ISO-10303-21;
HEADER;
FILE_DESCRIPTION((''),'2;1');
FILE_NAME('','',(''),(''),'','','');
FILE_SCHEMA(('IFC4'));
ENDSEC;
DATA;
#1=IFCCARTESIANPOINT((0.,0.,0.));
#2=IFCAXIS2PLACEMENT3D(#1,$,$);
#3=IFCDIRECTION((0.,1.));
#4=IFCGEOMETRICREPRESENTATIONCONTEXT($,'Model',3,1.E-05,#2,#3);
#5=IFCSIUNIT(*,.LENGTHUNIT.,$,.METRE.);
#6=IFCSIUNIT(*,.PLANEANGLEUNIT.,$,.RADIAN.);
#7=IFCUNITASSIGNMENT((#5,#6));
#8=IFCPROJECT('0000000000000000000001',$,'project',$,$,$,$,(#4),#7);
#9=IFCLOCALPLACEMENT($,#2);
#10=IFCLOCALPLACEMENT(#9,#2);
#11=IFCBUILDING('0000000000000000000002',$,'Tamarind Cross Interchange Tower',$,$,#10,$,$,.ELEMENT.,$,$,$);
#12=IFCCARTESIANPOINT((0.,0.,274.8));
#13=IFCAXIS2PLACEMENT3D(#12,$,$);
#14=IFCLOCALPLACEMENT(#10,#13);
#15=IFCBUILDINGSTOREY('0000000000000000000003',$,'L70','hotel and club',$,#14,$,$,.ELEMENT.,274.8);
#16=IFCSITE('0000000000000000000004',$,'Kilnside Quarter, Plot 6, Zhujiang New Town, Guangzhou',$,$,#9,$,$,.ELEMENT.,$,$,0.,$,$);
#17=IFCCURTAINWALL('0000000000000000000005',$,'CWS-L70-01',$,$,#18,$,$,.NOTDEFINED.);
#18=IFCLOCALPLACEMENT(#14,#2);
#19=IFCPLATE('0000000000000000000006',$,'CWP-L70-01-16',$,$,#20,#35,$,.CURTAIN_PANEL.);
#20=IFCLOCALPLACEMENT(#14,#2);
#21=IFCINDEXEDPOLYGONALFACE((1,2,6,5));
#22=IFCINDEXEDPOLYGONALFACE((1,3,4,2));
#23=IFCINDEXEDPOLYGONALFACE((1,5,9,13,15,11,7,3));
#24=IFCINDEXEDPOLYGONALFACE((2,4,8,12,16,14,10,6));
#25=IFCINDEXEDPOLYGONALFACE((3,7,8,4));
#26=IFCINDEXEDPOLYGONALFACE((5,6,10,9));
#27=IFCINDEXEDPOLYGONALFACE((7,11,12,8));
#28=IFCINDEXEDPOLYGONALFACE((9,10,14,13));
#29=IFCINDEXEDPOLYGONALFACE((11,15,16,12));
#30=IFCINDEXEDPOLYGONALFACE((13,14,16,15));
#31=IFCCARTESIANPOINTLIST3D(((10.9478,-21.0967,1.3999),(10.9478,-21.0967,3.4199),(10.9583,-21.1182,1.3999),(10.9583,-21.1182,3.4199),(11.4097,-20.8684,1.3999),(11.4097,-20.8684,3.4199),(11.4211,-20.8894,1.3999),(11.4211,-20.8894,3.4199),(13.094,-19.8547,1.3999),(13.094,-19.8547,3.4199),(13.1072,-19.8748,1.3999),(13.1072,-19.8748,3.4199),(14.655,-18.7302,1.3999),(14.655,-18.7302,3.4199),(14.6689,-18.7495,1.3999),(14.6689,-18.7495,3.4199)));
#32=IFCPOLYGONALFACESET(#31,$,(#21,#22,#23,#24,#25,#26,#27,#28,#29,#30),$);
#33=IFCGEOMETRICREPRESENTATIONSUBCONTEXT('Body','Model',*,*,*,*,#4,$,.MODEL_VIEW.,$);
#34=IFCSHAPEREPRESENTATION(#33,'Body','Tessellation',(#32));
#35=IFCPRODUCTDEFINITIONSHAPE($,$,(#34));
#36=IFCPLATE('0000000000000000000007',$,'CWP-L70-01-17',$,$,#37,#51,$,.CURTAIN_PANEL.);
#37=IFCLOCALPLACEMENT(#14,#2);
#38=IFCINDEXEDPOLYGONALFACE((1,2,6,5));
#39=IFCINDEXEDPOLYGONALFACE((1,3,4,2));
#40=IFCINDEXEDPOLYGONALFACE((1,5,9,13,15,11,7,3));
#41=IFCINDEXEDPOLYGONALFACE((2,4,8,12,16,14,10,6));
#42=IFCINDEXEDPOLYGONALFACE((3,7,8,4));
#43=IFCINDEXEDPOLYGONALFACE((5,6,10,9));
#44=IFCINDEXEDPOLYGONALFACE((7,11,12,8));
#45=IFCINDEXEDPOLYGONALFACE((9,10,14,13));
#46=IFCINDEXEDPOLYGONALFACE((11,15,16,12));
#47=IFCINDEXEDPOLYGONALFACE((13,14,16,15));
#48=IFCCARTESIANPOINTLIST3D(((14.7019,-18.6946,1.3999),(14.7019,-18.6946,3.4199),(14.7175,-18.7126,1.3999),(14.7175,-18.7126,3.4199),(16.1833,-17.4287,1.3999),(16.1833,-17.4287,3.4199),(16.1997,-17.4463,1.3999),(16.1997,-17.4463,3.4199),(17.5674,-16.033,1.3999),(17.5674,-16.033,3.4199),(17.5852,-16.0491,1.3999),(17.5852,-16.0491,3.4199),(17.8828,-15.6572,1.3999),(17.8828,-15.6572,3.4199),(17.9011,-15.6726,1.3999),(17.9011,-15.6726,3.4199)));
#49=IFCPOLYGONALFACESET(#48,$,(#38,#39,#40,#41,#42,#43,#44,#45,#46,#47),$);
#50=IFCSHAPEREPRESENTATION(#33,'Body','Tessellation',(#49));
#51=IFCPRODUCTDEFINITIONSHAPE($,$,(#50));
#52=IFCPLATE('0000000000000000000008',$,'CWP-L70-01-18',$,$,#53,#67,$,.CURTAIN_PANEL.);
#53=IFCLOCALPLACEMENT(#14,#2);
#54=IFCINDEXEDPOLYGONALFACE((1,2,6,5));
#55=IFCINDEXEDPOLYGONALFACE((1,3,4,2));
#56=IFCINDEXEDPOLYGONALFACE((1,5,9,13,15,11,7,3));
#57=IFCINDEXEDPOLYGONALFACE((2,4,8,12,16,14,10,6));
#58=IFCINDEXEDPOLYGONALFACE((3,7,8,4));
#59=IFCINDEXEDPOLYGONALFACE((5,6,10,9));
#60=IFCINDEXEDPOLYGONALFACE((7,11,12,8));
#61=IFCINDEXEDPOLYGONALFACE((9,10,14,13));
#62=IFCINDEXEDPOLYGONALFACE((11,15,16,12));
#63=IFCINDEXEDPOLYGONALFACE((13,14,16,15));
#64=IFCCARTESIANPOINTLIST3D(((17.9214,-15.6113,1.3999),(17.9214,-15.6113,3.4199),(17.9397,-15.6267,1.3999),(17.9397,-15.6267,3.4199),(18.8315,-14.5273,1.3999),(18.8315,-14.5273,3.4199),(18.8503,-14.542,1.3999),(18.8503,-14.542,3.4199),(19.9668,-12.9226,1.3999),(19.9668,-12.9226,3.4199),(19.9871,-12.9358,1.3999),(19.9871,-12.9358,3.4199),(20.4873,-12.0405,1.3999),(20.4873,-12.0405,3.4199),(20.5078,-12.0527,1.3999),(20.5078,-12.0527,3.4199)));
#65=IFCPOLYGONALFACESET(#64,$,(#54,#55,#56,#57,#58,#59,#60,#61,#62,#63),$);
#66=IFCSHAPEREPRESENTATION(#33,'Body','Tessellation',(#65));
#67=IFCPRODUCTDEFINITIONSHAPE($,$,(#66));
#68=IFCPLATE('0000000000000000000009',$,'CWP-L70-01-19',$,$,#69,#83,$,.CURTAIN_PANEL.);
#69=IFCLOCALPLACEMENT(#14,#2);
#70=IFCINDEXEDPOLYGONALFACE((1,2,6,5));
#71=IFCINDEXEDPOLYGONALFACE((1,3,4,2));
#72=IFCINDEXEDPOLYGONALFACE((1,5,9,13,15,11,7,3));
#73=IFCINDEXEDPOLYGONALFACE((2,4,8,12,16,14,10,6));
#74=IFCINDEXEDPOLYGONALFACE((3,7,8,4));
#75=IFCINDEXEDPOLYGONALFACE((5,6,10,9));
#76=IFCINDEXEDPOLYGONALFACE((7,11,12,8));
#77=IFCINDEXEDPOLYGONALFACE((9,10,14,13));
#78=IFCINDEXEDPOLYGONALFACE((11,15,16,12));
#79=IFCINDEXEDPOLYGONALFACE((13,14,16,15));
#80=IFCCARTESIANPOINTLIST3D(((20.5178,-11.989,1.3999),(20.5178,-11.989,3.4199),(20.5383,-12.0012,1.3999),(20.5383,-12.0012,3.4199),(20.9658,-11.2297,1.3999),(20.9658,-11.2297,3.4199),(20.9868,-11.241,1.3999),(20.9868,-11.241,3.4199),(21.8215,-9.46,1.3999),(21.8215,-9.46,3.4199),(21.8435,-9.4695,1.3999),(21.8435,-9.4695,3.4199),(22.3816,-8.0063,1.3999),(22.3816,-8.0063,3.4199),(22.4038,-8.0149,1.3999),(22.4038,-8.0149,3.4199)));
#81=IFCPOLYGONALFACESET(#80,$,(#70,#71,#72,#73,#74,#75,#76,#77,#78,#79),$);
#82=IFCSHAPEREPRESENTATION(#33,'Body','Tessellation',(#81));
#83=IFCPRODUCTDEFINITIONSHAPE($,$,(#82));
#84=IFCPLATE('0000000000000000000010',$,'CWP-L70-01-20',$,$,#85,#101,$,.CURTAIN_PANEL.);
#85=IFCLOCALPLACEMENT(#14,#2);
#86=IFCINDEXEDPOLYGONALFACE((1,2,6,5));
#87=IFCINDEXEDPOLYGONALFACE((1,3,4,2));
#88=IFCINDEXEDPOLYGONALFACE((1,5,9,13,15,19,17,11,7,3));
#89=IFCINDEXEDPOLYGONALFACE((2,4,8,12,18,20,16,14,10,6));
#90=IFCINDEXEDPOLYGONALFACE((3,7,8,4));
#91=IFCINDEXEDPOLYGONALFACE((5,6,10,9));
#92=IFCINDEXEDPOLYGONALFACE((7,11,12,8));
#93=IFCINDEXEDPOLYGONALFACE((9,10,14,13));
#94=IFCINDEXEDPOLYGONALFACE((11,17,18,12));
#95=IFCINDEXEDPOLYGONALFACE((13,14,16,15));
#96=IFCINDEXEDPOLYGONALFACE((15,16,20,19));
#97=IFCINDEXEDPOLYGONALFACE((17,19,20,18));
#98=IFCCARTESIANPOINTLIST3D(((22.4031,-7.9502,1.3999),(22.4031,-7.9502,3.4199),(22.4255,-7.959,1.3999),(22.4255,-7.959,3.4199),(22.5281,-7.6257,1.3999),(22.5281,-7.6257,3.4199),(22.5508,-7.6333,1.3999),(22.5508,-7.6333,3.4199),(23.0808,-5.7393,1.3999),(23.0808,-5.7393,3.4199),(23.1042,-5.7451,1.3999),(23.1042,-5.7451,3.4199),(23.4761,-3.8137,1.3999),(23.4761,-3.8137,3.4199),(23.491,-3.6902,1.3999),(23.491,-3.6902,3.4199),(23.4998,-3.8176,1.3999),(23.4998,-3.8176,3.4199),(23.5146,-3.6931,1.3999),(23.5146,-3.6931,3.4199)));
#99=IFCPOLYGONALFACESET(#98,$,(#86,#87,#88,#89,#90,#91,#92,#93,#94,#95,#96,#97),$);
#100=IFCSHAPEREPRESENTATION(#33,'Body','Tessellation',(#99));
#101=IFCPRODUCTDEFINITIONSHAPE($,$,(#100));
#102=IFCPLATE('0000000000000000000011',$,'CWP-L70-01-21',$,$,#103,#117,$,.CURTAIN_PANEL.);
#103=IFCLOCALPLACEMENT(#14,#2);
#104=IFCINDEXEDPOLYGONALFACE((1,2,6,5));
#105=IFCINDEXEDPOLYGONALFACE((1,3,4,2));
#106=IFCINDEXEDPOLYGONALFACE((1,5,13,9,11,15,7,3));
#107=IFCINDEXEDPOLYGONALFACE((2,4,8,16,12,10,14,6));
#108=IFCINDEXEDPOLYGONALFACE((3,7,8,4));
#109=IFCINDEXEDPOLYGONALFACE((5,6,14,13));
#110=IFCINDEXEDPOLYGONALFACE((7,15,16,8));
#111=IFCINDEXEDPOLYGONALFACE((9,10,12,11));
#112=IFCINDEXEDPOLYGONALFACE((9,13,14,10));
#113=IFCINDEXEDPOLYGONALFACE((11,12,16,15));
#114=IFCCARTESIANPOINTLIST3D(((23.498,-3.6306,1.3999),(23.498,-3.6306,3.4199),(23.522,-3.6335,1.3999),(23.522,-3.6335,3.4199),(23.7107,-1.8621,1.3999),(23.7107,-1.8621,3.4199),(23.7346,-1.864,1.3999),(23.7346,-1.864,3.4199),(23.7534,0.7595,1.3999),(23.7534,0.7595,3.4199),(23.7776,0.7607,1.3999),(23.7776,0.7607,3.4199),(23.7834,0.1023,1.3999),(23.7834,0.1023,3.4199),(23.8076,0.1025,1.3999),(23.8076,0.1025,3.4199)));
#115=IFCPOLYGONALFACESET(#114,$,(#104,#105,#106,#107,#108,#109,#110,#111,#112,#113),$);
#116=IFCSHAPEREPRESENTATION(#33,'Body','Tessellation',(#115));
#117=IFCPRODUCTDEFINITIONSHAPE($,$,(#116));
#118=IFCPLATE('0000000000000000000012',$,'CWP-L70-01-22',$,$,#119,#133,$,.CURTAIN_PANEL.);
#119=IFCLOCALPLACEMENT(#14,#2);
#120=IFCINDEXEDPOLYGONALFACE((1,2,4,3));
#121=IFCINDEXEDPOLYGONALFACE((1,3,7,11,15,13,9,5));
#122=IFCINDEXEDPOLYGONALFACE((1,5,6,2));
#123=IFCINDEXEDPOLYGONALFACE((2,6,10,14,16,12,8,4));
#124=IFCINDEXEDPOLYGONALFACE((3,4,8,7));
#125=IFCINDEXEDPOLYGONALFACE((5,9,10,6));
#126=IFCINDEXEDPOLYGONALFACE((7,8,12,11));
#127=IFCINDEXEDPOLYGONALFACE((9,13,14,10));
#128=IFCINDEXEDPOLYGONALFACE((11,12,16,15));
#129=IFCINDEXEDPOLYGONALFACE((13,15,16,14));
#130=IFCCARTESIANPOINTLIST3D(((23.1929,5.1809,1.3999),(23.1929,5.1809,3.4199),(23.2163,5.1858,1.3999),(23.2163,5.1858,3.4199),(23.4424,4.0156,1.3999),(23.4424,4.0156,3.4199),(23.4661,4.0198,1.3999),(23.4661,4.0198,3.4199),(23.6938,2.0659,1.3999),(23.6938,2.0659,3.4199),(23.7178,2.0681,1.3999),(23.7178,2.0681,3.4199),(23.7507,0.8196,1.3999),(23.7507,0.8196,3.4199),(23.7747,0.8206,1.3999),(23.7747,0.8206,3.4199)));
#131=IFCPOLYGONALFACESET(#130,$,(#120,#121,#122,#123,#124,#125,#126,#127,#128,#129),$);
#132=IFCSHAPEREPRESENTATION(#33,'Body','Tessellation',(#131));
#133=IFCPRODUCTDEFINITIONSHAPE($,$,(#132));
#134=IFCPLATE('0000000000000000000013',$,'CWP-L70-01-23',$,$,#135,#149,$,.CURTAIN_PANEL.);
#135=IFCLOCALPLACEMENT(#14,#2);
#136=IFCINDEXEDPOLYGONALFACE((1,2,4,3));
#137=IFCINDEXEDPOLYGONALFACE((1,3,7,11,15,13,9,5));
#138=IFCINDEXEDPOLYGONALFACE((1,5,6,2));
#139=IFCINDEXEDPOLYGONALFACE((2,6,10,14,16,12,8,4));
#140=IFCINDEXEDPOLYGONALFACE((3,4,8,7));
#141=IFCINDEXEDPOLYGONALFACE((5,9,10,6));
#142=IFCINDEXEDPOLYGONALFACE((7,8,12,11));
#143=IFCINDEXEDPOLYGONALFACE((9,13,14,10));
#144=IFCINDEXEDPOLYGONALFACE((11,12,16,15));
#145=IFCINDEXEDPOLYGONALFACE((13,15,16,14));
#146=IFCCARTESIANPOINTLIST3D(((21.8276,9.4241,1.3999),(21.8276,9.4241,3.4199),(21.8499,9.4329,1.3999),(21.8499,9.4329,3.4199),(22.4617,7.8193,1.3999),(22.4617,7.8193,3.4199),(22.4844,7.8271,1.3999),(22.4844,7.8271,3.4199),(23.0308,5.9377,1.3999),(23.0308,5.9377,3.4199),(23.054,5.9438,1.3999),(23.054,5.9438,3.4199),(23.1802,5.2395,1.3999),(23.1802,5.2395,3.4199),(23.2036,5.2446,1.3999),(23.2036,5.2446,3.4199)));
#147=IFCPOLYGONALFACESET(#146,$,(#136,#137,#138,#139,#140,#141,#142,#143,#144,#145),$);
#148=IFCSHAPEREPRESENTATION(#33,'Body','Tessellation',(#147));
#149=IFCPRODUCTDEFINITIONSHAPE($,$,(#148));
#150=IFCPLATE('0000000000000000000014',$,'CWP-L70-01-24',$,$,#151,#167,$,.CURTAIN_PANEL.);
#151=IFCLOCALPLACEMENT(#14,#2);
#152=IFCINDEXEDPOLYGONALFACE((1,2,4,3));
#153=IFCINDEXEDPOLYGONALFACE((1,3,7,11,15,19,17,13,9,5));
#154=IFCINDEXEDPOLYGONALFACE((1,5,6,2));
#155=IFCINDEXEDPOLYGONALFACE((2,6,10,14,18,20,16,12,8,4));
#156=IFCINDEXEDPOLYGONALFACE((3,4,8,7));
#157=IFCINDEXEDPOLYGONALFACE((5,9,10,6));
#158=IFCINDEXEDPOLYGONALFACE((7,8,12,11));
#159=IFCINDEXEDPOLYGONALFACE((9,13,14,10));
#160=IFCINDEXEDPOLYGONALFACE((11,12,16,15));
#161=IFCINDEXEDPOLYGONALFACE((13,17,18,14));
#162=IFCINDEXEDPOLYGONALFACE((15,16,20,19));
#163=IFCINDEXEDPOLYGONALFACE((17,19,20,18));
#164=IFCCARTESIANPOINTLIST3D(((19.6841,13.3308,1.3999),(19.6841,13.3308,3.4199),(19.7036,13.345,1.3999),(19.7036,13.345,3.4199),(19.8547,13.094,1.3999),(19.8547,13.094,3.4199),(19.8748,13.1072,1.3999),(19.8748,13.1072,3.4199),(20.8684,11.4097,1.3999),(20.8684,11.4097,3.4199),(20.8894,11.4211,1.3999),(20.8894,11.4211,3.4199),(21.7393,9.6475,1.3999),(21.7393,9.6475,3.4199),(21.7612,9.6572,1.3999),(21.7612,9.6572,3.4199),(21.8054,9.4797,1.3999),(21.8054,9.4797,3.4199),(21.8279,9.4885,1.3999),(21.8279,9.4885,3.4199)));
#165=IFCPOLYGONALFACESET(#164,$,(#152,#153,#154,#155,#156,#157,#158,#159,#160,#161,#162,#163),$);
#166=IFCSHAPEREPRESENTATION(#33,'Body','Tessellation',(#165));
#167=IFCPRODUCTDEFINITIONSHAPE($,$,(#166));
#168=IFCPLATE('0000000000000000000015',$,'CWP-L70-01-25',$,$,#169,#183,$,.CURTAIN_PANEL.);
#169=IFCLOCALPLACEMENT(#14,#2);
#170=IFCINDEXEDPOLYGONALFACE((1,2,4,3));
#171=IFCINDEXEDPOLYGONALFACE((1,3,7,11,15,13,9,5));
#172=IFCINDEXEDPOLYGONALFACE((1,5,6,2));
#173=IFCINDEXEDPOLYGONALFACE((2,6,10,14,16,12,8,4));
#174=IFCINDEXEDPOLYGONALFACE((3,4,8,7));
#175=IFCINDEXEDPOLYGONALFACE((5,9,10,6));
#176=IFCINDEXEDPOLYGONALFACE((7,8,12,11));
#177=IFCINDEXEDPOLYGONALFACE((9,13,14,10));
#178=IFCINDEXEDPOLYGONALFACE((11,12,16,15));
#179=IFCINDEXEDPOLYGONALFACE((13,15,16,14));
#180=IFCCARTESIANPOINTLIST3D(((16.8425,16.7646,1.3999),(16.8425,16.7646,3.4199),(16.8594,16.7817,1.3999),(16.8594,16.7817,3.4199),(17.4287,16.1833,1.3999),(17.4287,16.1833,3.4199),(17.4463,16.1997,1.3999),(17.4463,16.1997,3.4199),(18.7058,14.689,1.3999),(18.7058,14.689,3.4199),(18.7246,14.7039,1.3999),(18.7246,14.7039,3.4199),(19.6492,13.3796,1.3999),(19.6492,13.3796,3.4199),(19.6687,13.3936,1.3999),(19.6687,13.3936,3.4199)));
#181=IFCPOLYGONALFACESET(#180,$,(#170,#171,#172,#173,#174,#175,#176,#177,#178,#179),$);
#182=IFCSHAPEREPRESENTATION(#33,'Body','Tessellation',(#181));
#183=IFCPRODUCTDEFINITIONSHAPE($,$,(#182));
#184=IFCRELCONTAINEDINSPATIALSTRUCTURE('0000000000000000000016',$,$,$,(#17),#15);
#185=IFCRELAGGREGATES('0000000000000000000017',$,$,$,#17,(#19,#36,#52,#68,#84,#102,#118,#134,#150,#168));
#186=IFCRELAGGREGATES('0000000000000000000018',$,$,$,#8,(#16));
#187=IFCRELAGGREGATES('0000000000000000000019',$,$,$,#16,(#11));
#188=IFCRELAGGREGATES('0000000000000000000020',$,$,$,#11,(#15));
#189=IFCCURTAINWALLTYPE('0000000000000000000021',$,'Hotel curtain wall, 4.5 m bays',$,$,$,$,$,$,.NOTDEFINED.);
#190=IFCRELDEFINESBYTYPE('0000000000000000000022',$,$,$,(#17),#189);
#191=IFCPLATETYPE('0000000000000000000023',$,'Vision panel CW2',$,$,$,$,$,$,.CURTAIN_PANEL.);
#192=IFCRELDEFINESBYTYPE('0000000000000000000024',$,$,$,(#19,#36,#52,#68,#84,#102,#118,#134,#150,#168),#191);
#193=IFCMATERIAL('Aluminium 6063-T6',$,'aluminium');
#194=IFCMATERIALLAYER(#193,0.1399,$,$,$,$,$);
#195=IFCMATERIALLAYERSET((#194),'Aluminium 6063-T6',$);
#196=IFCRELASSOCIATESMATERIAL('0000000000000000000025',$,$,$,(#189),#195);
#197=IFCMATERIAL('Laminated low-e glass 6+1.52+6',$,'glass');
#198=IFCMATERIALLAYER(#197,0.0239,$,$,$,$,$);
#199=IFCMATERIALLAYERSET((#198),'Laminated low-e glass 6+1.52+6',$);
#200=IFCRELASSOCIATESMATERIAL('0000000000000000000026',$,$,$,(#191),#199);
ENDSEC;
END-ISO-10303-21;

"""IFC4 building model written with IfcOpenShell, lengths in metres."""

from ifc_helpers import new_model, si_unit, direction, frame, origin, place, context, subcontext, project, spatial, polyline, outline, extrude, material, layer, layer_set, type_object, element, aggregate, save


model = new_model("IFC4")

# Units and contexts
model_context = context("Model", 3, precision=1e-05, world=origin(), true_north=direction((0.0, 1.0)))
body_context = subcontext(model_context, "Body", "Model", "MODEL_VIEW")
ifc_project = project(units=[si_unit("LENGTHUNIT", "METRE"), si_unit("PLANEANGLEUNIT", "RADIAN")], contexts=[model_context])

# Site, building, storey
site_placement = place(None, origin())
site = spatial("IfcSite", under=ifc_project, at=site_placement, Name="Kilnside Quarter, Plot 6, Zhujiang New Town, Guangzhou", CompositionType="ELEMENT", RefElevation=0.0)
building_placement = place(site_placement, origin())
building = spatial("IfcBuilding", under=site, at=building_placement, Name="Tamarind Cross Interchange Tower", CompositionType="ELEMENT")
storey_placement = place(building_placement, frame((0.0, 0.0, 274.8)))
storey = spatial("IfcBuildingStorey", under=building, at=storey_placement, Name="L70", Description="hotel and club", CompositionType="ELEMENT", Elevation=274.8)

# Curtain wall, plates
ifc_material_1 = material(Name="Aluminium 6063-T6", Category="aluminium")
ifc_layer_1 = layer(ifc_material_1, 0.1399)
ifc_layer_set_1 = layer_set([ifc_layer_1], Name="Aluminium 6063-T6")
curtain_wall_type = type_object("IfcCurtainWallType", Name="Hotel curtain wall, 4.5 m bays", PredefinedType="NOTDEFINED", material=ifc_layer_set_1)
curtain_wall_placement = place(storey_placement, origin())
curtain_wall = element("IfcCurtainWall", 1, at=curtain_wall_placement, inside=storey, type_object=curtain_wall_type, Name="CWS-L70-01", PredefinedType="NOTDEFINED")
ifc_material_2 = material(Name="Laminated low-e glass 6+1.52+6", Category="glass")
ifc_layer_2 = layer(ifc_material_2, 0.0239)
ifc_layer_set_2 = layer_set([ifc_layer_2], Name="Laminated low-e glass 6+1.52+6")
plate_type = type_object("IfcPlateType", Name="Vision panel CW2", PredefinedType="CURTAIN_PANEL", material=ifc_layer_set_2)
plate_1_placement = place(storey_placement, frame((0.0, 0.0, 1.3999)))
plate_1 = element("IfcPlate", 2, at=plate_1_placement, type_object=plate_type, Name="CWP-L70-01-16", PredefinedType="CURTAIN_PANEL", context=body_context, shape_type="SweptSolid", body=[
    extrude(outline(polyline([(10.9478, -21.0967), (11.4097, -20.8684), (13.094, -19.8547), (14.655, -18.7302), (14.6689, -18.7495), (13.1072, -19.8748), (11.4211, -20.8894), (10.9583, -21.1182), (10.9478, -21.0967)])), origin(), (0.0, 0.0, 1.0), 2.02),
])
plate_2_placement = place(storey_placement, frame((0.0, 0.0, 1.3999)))
plate_2 = element("IfcPlate", 3, at=plate_2_placement, type_object=plate_type, Name="CWP-L70-01-17", PredefinedType="CURTAIN_PANEL", context=body_context, shape_type="SweptSolid", body=[
    extrude(outline(polyline([(14.7019, -18.6946), (16.1833, -17.4287), (17.5674, -16.033), (17.8828, -15.6572), (17.9011, -15.6726), (17.5852, -16.0491), (16.1997, -17.4463), (14.7175, -18.7126), (14.7019, -18.6946)])), origin(), (0.0, 0.0, 1.0), 2.02),
])
plate_3_placement = place(storey_placement, frame((0.0, 0.0, 1.3999)))
plate_3 = element("IfcPlate", 4, at=plate_3_placement, type_object=plate_type, Name="CWP-L70-01-18", PredefinedType="CURTAIN_PANEL", context=body_context, shape_type="SweptSolid", body=[
    extrude(outline(polyline([(17.9214, -15.6113), (18.8315, -14.5273), (19.9668, -12.9226), (20.4873, -12.0405), (20.5078, -12.0527), (19.9871, -12.9358), (18.8503, -14.542), (17.9397, -15.6267), (17.9214, -15.6113)])), origin(), (0.0, 0.0, 1.0), 2.02),
])
plate_4_placement = place(storey_placement, frame((0.0, 0.0, 1.3999)))
plate_4 = element("IfcPlate", 5, at=plate_4_placement, type_object=plate_type, Name="CWP-L70-01-19", PredefinedType="CURTAIN_PANEL", context=body_context, shape_type="SweptSolid", body=[
    extrude(outline(polyline([(20.5178, -11.989), (20.9658, -11.2297), (21.8215, -9.46), (22.3816, -8.0063), (22.4038, -8.0149), (21.8435, -9.4695), (20.9868, -11.241), (20.5383, -12.0012), (20.5178, -11.989)])), origin(), (0.0, 0.0, 1.0), 2.02),
])
plate_5_placement = place(storey_placement, frame((0.0, 0.0, 1.3999)))
plate_5 = element("IfcPlate", 6, at=plate_5_placement, type_object=plate_type, Name="CWP-L70-01-20", PredefinedType="CURTAIN_PANEL", context=body_context, shape_type="SweptSolid", body=[
    extrude(outline(polyline([(22.4031, -7.9502), (22.5281, -7.6257), (23.0808, -5.7393), (23.4761, -3.8137), (23.491, -3.6902), (23.5146, -3.6931), (23.4998, -3.8176), (23.1042, -5.7451), (22.5508, -7.6333), (22.4255, -7.959), (22.4031, -7.9502)])), origin(), (0.0, 0.0, 1.0), 2.02),
])
plate_6_placement = place(storey_placement, frame((0.0, 0.0, 1.3999)))
plate_6 = element("IfcPlate", 7, at=plate_6_placement, type_object=plate_type, Name="CWP-L70-01-21", PredefinedType="CURTAIN_PANEL", context=body_context, shape_type="SweptSolid", body=[
    extrude(outline(polyline([(23.498, -3.6306), (23.7107, -1.8621), (23.7834, 0.1023), (23.7534, 0.7595), (23.7776, 0.7607), (23.8076, 0.1025), (23.7346, -1.864), (23.522, -3.6335), (23.498, -3.6306)])), origin(), (0.0, 0.0, 1.0), 2.02),
])
plate_7_placement = place(storey_placement, frame((0.0, 0.0, 1.3999)))
plate_7 = element("IfcPlate", 8, at=plate_7_placement, type_object=plate_type, Name="CWP-L70-01-22", PredefinedType="CURTAIN_PANEL", context=body_context, shape_type="SweptSolid", body=[
    extrude(outline(polyline([(23.7507, 0.8196), (23.6938, 2.0659), (23.4424, 4.0156), (23.1929, 5.1809), (23.2163, 5.1858), (23.4661, 4.0198), (23.7178, 2.0681), (23.7747, 0.8206), (23.7507, 0.8196)])), origin(), (0.0, 0.0, 1.0), 2.02),
])
plate_8_placement = place(storey_placement, frame((0.0, 0.0, 1.3999)))
plate_8 = element("IfcPlate", 9, at=plate_8_placement, type_object=plate_type, Name="CWP-L70-01-23", PredefinedType="CURTAIN_PANEL", context=body_context, shape_type="SweptSolid", body=[
    extrude(outline(polyline([(23.1802, 5.2395), (23.0308, 5.9377), (22.4617, 7.8193), (21.8276, 9.4241), (21.8499, 9.4329), (22.4844, 7.8271), (23.054, 5.9438), (23.2036, 5.2446), (23.1802, 5.2395)])), origin(), (0.0, 0.0, 1.0), 2.02),
])
plate_9_placement = place(storey_placement, frame((0.0, 0.0, 1.3999)))
plate_9 = element("IfcPlate", 10, at=plate_9_placement, type_object=plate_type, Name="CWP-L70-01-24", PredefinedType="CURTAIN_PANEL", context=body_context, shape_type="SweptSolid", body=[
    extrude(outline(polyline([(21.8054, 9.4797), (21.7393, 9.6475), (20.8684, 11.4097), (19.8547, 13.094), (19.6841, 13.3308), (19.7036, 13.345), (19.8748, 13.1072), (20.8894, 11.4211), (21.7612, 9.6572), (21.8279, 9.4885), (21.8054, 9.4797)])), origin(), (0.0, 0.0, 1.0), 2.02),
])
plate_10_placement = place(storey_placement, frame((0.0, 0.0, 1.3999)))
plate_10 = element("IfcPlate", 11, at=plate_10_placement, type_object=plate_type, Name="CWP-L70-01-25", PredefinedType="CURTAIN_PANEL", context=body_context, shape_type="SweptSolid", body=[
    extrude(outline(polyline([(19.6492, 13.3796), (18.7058, 14.689), (17.4287, 16.1833), (16.8425, 16.7646), (16.8594, 16.7817), (17.4463, 16.1997), (18.7246, 14.7039), (19.6687, 13.3936), (19.6492, 13.3796)])), origin(), (0.0, 0.0, 1.0), 2.02),
])
aggregate(curtain_wall, [plate_1, plate_2, plate_3, plate_4, plate_5, plate_6, plate_7, plate_8, plate_9, plate_10])

save(model, "model.ifc")
